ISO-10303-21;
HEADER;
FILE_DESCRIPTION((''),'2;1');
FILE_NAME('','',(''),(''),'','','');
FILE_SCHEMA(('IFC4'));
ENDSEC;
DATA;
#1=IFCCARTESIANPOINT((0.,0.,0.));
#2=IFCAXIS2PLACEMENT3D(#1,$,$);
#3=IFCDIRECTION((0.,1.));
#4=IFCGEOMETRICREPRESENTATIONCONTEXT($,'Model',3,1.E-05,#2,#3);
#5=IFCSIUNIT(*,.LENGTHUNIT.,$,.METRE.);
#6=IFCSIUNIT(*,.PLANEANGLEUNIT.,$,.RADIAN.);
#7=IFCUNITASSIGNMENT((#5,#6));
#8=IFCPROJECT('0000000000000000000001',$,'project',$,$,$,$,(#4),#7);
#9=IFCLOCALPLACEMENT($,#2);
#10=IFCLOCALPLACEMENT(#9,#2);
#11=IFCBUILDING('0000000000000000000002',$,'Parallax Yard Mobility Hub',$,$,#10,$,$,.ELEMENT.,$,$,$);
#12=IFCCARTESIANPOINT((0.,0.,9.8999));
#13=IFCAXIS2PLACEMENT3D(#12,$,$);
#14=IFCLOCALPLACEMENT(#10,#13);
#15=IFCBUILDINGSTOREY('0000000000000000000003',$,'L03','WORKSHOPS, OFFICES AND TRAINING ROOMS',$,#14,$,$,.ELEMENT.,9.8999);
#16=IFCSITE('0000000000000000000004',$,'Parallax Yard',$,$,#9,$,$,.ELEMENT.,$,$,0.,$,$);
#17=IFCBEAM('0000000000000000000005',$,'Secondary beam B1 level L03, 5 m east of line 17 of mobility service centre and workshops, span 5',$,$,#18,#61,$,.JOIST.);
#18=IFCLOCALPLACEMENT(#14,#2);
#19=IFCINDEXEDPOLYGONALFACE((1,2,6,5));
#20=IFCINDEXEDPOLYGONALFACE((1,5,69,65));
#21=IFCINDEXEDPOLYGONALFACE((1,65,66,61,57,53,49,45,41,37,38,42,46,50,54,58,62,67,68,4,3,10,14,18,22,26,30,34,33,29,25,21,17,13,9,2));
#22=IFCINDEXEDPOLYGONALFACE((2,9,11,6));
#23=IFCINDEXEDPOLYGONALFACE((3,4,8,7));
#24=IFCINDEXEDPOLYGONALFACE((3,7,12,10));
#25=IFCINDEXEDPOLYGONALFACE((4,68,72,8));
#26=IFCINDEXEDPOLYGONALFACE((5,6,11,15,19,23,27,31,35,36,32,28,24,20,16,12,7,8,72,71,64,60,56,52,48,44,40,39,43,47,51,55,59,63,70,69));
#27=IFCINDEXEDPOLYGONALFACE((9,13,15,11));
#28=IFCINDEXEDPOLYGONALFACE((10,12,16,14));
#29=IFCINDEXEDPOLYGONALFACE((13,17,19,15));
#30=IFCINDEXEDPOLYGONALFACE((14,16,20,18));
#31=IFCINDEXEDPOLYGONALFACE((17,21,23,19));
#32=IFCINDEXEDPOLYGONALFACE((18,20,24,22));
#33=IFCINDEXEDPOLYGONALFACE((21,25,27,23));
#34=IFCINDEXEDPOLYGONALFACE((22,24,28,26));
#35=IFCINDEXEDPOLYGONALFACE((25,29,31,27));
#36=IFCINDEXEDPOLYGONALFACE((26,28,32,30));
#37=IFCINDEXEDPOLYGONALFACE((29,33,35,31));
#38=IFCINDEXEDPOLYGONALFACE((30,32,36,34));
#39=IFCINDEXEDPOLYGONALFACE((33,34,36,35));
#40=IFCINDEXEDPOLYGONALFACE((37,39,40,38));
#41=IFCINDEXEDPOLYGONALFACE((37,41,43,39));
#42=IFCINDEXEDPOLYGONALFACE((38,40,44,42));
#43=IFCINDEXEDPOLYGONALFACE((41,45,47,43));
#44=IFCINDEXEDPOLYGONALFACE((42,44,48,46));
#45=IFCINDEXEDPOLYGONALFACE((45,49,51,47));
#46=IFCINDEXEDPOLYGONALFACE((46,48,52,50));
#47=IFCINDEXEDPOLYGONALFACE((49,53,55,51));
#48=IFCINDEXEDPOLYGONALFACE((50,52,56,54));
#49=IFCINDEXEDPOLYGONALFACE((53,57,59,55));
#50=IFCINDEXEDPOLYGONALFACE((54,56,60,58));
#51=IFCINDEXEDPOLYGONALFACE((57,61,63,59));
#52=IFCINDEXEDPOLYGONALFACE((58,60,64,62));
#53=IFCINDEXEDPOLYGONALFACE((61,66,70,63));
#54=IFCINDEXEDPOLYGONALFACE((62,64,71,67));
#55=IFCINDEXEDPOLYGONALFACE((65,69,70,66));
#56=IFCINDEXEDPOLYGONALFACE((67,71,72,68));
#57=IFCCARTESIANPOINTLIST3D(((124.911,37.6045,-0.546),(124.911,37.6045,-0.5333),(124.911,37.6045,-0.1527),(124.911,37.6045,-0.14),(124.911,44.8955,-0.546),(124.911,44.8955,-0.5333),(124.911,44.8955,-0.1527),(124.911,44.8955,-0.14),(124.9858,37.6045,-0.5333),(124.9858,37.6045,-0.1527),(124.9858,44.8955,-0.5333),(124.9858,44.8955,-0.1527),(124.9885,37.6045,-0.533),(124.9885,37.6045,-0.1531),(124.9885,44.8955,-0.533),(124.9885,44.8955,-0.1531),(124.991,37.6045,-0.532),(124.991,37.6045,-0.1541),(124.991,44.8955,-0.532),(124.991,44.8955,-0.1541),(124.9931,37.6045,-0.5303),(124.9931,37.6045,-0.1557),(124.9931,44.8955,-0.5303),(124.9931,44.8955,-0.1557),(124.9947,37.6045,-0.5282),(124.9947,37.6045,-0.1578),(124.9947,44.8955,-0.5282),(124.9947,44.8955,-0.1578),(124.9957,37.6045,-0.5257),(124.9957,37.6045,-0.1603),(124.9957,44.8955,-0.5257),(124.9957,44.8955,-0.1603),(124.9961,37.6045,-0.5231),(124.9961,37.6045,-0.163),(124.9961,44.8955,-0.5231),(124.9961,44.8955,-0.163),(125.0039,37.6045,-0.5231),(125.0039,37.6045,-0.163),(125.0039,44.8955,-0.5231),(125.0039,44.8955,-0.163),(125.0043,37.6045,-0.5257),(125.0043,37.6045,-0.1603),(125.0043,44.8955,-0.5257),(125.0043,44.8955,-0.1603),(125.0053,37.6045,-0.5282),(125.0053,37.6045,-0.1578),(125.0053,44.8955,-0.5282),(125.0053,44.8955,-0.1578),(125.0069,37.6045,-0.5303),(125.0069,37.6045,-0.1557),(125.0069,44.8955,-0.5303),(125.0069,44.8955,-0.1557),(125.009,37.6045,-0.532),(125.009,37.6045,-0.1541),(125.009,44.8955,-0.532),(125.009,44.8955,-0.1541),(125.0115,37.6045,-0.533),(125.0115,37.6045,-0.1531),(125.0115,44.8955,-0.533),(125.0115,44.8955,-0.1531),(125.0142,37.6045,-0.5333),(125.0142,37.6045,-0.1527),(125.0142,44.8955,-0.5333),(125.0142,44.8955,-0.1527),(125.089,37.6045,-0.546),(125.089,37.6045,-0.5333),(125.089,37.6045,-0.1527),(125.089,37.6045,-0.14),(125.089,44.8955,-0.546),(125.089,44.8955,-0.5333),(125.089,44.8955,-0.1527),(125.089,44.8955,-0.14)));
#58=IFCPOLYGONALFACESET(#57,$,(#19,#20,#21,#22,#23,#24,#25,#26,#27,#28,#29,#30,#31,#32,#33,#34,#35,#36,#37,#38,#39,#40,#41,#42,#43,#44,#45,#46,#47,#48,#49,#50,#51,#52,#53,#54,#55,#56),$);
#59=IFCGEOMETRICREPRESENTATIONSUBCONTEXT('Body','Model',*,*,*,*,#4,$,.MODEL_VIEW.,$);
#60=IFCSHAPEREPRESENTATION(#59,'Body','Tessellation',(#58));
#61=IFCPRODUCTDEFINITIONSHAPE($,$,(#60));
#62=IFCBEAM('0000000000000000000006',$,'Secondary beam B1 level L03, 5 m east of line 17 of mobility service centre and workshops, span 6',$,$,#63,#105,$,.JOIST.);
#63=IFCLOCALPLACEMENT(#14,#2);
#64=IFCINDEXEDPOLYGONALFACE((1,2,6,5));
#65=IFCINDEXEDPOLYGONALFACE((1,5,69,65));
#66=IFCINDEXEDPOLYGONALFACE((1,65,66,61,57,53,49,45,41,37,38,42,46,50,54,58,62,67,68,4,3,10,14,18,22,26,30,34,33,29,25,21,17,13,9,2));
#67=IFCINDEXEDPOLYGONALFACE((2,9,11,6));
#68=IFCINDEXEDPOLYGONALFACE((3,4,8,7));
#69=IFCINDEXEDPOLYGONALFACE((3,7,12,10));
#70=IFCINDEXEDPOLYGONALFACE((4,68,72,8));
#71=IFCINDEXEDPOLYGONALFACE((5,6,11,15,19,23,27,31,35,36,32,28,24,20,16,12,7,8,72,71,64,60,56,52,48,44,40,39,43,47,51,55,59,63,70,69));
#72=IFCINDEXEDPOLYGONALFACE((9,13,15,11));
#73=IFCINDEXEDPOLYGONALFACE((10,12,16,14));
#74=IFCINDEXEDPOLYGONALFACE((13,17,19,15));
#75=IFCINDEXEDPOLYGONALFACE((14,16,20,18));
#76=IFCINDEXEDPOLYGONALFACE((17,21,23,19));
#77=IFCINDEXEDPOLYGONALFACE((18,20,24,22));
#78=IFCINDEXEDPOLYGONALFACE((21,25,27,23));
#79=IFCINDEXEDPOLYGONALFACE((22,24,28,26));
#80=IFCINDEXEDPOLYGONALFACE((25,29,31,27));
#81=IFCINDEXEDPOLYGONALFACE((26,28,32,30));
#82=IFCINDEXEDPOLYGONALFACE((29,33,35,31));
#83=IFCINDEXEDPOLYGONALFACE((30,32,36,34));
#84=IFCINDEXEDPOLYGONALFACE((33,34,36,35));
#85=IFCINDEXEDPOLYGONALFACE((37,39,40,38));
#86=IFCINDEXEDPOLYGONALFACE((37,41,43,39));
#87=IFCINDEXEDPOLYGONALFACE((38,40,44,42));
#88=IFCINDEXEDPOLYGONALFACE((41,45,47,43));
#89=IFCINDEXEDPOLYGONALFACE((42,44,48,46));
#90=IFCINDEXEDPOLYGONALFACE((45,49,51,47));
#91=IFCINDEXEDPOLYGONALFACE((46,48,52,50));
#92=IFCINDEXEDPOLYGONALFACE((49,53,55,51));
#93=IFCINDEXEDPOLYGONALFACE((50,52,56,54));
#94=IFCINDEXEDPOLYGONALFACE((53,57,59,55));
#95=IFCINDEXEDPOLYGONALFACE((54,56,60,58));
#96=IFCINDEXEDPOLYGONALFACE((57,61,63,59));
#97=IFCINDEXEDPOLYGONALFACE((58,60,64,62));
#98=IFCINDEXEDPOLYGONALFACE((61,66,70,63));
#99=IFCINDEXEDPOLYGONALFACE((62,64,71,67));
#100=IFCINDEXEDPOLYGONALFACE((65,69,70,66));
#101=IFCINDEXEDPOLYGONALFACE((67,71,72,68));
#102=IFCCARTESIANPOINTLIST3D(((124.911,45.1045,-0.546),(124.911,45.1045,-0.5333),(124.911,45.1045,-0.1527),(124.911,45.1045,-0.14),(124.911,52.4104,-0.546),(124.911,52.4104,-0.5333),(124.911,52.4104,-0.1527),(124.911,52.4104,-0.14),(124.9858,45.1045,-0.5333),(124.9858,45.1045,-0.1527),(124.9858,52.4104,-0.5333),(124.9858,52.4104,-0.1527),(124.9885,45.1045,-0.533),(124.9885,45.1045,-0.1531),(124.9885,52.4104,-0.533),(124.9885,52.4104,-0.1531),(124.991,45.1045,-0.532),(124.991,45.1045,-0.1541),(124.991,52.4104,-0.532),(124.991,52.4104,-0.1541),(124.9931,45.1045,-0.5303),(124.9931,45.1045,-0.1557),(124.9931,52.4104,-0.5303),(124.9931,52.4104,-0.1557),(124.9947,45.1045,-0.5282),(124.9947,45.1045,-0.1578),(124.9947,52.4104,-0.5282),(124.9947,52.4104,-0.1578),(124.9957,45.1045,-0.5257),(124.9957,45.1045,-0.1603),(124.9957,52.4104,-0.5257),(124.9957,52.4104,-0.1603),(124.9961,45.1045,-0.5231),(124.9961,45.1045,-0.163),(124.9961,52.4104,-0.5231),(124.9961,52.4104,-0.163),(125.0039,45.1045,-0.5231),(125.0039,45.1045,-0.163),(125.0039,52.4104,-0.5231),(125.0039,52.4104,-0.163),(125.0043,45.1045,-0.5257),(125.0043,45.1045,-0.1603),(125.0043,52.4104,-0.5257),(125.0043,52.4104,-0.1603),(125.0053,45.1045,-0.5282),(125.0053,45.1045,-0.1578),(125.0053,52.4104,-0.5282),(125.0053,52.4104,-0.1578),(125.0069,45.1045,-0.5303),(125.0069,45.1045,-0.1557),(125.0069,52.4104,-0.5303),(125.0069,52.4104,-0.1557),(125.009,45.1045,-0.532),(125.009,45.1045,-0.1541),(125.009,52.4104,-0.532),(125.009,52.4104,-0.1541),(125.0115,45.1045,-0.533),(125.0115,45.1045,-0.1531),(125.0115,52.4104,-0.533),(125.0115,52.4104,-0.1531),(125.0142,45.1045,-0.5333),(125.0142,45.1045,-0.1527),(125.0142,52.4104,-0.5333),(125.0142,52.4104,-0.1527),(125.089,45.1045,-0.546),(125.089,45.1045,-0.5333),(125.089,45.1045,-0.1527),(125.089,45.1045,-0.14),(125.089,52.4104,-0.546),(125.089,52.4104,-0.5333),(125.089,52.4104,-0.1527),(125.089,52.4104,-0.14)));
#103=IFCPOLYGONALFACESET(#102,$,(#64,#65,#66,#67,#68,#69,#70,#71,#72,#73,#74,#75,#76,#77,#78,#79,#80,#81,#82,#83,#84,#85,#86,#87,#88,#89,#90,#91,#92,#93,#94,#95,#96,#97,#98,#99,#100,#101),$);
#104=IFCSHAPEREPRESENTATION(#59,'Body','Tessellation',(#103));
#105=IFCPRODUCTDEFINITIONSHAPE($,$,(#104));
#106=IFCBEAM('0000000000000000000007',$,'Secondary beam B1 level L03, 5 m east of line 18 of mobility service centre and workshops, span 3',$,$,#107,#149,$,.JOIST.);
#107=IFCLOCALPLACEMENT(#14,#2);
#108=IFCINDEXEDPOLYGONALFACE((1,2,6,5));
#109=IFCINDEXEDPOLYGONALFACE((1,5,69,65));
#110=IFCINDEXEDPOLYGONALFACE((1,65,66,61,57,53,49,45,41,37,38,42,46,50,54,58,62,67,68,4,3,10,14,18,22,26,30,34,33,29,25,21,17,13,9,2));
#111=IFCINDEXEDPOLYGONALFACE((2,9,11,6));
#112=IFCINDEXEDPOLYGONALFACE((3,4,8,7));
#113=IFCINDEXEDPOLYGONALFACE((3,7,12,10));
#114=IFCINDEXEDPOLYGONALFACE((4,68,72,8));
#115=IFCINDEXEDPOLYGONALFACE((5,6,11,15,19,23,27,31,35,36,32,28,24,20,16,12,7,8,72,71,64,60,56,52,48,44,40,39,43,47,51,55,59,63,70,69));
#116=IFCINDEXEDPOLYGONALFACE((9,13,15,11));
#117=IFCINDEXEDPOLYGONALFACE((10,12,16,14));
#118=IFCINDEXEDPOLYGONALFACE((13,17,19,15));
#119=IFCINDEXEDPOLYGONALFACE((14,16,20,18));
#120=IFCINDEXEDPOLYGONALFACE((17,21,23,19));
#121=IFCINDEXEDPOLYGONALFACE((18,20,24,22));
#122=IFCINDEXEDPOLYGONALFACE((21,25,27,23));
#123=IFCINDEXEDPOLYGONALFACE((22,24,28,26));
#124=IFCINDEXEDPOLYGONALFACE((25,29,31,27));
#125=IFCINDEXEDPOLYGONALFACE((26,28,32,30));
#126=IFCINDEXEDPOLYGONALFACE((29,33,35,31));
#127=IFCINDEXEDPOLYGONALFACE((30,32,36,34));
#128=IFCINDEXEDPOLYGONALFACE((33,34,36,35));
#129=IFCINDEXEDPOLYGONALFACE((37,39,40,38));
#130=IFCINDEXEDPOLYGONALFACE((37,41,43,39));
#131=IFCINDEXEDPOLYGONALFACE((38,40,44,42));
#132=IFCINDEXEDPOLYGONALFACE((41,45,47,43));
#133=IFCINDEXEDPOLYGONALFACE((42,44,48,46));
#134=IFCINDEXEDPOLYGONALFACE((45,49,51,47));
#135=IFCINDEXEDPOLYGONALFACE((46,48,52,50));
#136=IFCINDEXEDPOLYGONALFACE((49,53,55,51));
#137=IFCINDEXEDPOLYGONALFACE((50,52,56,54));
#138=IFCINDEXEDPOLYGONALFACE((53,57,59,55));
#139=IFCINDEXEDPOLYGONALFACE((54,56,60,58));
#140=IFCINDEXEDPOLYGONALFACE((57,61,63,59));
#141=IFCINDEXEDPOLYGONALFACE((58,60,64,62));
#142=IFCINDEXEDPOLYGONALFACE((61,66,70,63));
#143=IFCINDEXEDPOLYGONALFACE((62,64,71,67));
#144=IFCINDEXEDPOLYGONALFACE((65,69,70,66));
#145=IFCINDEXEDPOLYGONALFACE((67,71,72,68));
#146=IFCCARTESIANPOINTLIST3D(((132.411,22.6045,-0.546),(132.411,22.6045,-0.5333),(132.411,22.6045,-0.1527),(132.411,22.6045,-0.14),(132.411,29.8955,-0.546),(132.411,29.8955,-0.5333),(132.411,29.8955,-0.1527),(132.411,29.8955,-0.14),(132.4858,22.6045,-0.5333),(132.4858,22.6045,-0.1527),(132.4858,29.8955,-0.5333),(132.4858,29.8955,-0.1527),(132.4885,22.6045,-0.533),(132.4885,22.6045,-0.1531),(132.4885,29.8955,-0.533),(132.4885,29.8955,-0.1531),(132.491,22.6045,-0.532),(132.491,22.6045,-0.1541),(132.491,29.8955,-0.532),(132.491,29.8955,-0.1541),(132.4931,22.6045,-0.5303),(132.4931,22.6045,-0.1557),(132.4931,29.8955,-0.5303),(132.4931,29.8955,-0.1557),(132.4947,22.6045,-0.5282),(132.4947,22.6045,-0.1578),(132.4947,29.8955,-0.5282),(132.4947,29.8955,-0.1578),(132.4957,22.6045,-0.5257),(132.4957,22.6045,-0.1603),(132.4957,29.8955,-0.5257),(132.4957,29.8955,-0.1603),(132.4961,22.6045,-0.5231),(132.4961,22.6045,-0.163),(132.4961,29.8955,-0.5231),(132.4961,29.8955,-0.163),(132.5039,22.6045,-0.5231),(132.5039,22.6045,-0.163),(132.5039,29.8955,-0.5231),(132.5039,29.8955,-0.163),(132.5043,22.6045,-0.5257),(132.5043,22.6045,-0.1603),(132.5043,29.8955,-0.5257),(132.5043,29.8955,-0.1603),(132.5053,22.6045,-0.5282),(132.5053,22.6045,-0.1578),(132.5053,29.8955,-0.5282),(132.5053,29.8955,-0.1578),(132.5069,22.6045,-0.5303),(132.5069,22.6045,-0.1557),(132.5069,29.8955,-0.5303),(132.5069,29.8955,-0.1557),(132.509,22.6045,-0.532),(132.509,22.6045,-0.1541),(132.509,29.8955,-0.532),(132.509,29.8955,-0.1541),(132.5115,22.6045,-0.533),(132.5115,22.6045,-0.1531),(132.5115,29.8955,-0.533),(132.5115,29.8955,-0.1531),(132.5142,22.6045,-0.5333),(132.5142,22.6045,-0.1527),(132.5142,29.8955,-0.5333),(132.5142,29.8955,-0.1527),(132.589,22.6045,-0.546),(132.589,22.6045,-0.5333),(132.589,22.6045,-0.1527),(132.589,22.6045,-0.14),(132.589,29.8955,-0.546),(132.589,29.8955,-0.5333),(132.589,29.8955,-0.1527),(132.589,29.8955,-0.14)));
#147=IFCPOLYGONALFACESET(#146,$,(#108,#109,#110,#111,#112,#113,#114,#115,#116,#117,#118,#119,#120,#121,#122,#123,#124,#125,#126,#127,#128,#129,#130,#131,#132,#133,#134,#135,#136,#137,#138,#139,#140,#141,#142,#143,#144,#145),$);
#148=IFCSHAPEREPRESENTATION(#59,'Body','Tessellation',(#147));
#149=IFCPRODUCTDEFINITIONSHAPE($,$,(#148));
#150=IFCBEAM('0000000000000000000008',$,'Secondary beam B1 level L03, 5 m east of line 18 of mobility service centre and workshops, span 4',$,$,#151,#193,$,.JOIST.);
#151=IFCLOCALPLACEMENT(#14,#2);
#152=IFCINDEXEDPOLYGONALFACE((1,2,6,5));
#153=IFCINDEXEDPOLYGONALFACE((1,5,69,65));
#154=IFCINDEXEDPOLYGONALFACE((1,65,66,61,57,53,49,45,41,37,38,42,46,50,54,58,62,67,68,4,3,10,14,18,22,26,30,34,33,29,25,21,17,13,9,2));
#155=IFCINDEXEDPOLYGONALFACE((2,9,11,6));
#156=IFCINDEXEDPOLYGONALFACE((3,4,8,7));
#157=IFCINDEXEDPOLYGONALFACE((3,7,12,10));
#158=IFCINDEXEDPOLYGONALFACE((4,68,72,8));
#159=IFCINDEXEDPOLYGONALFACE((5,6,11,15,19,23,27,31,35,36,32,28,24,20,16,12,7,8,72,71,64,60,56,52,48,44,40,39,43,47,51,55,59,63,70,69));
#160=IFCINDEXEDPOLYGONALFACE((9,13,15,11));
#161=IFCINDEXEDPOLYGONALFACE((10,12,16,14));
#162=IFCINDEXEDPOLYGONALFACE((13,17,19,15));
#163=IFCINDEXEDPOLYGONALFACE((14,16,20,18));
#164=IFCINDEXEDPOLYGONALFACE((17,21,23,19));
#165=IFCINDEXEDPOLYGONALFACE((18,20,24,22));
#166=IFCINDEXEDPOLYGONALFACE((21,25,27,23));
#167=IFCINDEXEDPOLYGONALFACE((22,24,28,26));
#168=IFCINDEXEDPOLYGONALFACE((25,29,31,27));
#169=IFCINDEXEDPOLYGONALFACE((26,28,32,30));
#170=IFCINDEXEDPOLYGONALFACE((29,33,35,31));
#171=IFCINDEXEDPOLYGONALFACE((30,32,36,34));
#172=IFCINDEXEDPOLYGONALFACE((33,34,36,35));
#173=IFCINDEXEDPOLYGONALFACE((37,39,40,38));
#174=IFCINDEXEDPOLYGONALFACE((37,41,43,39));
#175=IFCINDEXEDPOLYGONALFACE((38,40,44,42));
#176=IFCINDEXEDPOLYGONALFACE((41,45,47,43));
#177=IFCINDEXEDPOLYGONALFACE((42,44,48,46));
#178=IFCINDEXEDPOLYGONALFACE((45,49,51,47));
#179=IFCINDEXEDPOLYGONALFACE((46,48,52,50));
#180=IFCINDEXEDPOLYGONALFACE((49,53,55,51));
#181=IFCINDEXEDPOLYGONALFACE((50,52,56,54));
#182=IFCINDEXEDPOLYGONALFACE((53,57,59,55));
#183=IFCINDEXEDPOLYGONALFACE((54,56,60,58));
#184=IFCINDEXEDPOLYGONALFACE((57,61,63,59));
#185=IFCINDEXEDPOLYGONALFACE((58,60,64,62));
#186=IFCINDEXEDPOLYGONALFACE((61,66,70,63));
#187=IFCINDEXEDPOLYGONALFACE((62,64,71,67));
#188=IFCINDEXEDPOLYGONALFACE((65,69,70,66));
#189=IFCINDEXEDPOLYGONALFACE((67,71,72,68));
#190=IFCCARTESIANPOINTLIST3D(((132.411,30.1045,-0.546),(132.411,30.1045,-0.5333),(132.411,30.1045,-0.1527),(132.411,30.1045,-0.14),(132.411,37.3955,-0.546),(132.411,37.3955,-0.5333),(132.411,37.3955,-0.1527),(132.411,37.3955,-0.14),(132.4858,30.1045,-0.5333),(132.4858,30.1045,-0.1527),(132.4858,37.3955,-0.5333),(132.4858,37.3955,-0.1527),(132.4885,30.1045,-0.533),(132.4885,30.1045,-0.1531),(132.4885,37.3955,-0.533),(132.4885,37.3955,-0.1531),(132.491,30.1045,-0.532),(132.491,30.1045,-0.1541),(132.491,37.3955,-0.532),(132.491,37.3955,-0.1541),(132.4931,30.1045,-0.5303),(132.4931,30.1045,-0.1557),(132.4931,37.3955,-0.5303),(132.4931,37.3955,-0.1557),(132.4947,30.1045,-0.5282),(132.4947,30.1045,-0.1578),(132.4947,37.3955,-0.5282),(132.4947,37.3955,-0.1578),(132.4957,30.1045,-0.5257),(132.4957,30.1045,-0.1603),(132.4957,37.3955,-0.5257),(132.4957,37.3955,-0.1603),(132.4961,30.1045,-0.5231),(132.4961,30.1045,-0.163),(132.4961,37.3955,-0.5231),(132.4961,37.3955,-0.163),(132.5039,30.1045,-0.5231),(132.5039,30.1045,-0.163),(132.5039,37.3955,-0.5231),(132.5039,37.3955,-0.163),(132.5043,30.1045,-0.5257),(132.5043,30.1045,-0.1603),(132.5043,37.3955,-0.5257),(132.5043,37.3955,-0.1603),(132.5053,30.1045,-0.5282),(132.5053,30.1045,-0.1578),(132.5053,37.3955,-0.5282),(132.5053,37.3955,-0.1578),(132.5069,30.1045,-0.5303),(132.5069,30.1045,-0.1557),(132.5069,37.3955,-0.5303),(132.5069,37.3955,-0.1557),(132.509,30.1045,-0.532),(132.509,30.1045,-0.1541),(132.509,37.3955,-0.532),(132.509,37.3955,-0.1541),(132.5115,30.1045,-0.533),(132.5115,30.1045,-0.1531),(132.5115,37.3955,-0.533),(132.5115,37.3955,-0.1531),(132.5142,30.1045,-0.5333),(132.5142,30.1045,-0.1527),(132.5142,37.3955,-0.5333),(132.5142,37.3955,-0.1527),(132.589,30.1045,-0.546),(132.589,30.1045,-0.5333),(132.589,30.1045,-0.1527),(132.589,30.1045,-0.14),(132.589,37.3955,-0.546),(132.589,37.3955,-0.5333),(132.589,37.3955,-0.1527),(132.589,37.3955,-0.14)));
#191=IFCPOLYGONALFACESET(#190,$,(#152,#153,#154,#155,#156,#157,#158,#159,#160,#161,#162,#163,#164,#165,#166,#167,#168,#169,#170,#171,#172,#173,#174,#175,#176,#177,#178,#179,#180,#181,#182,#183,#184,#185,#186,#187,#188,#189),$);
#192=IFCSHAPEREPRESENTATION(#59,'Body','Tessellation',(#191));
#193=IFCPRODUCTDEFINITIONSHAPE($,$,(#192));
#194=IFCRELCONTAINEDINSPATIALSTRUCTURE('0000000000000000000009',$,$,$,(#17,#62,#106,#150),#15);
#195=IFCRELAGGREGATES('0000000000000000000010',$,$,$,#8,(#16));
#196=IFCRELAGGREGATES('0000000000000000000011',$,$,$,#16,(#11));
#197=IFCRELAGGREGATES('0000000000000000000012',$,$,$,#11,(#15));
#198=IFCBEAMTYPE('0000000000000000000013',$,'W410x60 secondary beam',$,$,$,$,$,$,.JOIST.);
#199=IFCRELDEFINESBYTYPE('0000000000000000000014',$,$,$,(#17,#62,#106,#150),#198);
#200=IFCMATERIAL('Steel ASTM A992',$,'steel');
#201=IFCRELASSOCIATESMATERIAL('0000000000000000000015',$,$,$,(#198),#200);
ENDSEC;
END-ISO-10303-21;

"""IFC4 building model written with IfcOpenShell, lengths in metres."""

from ifc_helpers import new_model, si_unit, direction, frame, origin, origin_2d, place, context, subcontext, project, spatial, i_section, extrude, material, material_profile, profile_set, type_object, element, save


model = new_model("IFC4")

# Units and contexts
model_context = context("Model", 3, precision=1e-05, world=origin(), true_north=direction((0.0, 1.0)))
body_context = subcontext(model_context, "Body", "Model", "MODEL_VIEW")
ifc_project = project(units=[si_unit("LENGTHUNIT", "METRE"), si_unit("PLANEANGLEUNIT", "RADIAN")], contexts=[model_context])

# Site, building, storey
site_placement = place(None, origin())
site = spatial("IfcSite", under=ifc_project, at=site_placement, Name="Parallax Yard", CompositionType="ELEMENT", RefElevation=0.0)
building_placement = place(site_placement, origin())
building = spatial("IfcBuilding", under=site, at=building_placement, Name="Parallax Yard Mobility Hub", CompositionType="ELEMENT")
storey_placement = place(building_placement, frame((0.0, 0.0, 9.8999)))
storey = spatial("IfcBuildingStorey", under=building, at=storey_placement, Name="L03", Description="WORKSHOPS, OFFICES AND TRAINING ROOMS", CompositionType="ELEMENT", Elevation=9.8999)

# Shared definitions
ifc_material_1 = material(Name="Steel ASTM A992", Category="steel")

# Beams
ifc_material_profile_1 = material_profile(ifc_material_1, i_section(OverallWidth=0.178, OverallDepth=0.406, WebThickness=0.0078, FlangeThickness=0.0127, FilletRadius=0.0103, at=origin_2d()), Name="W410x60")
ifc_profile_set_1 = profile_set([ifc_material_profile_1], Name="Steel ASTM A992")
beam_type_1 = type_object("IfcBeamType", Name="W410x60 secondary beam", PredefinedType="JOIST", material=ifc_profile_set_1)
for number, where, z_axis, x_axis, name in (
    (1, (125.0, 37.6045, -0.343), (0.0, 1.0, 0.0), (-1.0, 0.0, 0.0), "Secondary beam B1 level L03, 5 m east of line 17 of mobility service centre and workshops, span 5"),
):
    element("IfcBeam", number, at=place(storey_placement, frame(where, z_axis=z_axis, x_axis=x_axis)), inside=storey, type_object=beam_type_1, Name=name, PredefinedType="JOIST", context=body_context, shape_type="SweptSolid", body=[
        extrude(i_section(OverallWidth=0.178, OverallDepth=0.406, WebThickness=0.0078, FlangeThickness=0.0127, FilletRadius=0.0103, at=origin_2d()), origin(), (0.0, 0.0, 1.0), 7.291),
    ])
beam_1_placement = place(storey_placement, frame((125.0, 45.1045, -0.343), z_axis=(0.0, 1.0, 0.0), x_axis=(-1.0, 0.0, 0.0)))
element("IfcBeam", 2, at=beam_1_placement, inside=storey, type_object=beam_type_1, Name="Secondary beam B1 level L03, 5 m east of line 17 of mobility service centre and workshops, span 6", PredefinedType="JOIST", context=body_context, shape_type="SweptSolid", body=[
    extrude(i_section(OverallWidth=0.178, OverallDepth=0.406, WebThickness=0.0078, FlangeThickness=0.0127, FilletRadius=0.0103, at=origin_2d()), origin(), (0.0, 0.0, 1.0), 7.3059),
])
for number, where, z_axis, x_axis, name in (
    (3, (132.5, 22.6045, -0.343), (0.0, 1.0, 0.0), (-1.0, 0.0, 0.0), "Secondary beam B1 level L03, 5 m east of line 18 of mobility service centre and workshops, span 3"),
    (4, (132.5, 30.1045, -0.343), (0.0, 1.0, 0.0), (-1.0, 0.0, 0.0), "Secondary beam B1 level L03, 5 m east of line 18 of mobility service centre and workshops, span 4"),
):
    element("IfcBeam", number, at=place(storey_placement, frame(where, z_axis=z_axis, x_axis=x_axis)), inside=storey, type_object=beam_type_1, Name=name, PredefinedType="JOIST", context=body_context, shape_type="SweptSolid", body=[
        extrude(i_section(OverallWidth=0.178, OverallDepth=0.406, WebThickness=0.0078, FlangeThickness=0.0127, FilletRadius=0.0103, at=origin_2d()), origin(), (0.0, 0.0, 1.0), 7.291),
    ])

save(model, "model.ifc")
